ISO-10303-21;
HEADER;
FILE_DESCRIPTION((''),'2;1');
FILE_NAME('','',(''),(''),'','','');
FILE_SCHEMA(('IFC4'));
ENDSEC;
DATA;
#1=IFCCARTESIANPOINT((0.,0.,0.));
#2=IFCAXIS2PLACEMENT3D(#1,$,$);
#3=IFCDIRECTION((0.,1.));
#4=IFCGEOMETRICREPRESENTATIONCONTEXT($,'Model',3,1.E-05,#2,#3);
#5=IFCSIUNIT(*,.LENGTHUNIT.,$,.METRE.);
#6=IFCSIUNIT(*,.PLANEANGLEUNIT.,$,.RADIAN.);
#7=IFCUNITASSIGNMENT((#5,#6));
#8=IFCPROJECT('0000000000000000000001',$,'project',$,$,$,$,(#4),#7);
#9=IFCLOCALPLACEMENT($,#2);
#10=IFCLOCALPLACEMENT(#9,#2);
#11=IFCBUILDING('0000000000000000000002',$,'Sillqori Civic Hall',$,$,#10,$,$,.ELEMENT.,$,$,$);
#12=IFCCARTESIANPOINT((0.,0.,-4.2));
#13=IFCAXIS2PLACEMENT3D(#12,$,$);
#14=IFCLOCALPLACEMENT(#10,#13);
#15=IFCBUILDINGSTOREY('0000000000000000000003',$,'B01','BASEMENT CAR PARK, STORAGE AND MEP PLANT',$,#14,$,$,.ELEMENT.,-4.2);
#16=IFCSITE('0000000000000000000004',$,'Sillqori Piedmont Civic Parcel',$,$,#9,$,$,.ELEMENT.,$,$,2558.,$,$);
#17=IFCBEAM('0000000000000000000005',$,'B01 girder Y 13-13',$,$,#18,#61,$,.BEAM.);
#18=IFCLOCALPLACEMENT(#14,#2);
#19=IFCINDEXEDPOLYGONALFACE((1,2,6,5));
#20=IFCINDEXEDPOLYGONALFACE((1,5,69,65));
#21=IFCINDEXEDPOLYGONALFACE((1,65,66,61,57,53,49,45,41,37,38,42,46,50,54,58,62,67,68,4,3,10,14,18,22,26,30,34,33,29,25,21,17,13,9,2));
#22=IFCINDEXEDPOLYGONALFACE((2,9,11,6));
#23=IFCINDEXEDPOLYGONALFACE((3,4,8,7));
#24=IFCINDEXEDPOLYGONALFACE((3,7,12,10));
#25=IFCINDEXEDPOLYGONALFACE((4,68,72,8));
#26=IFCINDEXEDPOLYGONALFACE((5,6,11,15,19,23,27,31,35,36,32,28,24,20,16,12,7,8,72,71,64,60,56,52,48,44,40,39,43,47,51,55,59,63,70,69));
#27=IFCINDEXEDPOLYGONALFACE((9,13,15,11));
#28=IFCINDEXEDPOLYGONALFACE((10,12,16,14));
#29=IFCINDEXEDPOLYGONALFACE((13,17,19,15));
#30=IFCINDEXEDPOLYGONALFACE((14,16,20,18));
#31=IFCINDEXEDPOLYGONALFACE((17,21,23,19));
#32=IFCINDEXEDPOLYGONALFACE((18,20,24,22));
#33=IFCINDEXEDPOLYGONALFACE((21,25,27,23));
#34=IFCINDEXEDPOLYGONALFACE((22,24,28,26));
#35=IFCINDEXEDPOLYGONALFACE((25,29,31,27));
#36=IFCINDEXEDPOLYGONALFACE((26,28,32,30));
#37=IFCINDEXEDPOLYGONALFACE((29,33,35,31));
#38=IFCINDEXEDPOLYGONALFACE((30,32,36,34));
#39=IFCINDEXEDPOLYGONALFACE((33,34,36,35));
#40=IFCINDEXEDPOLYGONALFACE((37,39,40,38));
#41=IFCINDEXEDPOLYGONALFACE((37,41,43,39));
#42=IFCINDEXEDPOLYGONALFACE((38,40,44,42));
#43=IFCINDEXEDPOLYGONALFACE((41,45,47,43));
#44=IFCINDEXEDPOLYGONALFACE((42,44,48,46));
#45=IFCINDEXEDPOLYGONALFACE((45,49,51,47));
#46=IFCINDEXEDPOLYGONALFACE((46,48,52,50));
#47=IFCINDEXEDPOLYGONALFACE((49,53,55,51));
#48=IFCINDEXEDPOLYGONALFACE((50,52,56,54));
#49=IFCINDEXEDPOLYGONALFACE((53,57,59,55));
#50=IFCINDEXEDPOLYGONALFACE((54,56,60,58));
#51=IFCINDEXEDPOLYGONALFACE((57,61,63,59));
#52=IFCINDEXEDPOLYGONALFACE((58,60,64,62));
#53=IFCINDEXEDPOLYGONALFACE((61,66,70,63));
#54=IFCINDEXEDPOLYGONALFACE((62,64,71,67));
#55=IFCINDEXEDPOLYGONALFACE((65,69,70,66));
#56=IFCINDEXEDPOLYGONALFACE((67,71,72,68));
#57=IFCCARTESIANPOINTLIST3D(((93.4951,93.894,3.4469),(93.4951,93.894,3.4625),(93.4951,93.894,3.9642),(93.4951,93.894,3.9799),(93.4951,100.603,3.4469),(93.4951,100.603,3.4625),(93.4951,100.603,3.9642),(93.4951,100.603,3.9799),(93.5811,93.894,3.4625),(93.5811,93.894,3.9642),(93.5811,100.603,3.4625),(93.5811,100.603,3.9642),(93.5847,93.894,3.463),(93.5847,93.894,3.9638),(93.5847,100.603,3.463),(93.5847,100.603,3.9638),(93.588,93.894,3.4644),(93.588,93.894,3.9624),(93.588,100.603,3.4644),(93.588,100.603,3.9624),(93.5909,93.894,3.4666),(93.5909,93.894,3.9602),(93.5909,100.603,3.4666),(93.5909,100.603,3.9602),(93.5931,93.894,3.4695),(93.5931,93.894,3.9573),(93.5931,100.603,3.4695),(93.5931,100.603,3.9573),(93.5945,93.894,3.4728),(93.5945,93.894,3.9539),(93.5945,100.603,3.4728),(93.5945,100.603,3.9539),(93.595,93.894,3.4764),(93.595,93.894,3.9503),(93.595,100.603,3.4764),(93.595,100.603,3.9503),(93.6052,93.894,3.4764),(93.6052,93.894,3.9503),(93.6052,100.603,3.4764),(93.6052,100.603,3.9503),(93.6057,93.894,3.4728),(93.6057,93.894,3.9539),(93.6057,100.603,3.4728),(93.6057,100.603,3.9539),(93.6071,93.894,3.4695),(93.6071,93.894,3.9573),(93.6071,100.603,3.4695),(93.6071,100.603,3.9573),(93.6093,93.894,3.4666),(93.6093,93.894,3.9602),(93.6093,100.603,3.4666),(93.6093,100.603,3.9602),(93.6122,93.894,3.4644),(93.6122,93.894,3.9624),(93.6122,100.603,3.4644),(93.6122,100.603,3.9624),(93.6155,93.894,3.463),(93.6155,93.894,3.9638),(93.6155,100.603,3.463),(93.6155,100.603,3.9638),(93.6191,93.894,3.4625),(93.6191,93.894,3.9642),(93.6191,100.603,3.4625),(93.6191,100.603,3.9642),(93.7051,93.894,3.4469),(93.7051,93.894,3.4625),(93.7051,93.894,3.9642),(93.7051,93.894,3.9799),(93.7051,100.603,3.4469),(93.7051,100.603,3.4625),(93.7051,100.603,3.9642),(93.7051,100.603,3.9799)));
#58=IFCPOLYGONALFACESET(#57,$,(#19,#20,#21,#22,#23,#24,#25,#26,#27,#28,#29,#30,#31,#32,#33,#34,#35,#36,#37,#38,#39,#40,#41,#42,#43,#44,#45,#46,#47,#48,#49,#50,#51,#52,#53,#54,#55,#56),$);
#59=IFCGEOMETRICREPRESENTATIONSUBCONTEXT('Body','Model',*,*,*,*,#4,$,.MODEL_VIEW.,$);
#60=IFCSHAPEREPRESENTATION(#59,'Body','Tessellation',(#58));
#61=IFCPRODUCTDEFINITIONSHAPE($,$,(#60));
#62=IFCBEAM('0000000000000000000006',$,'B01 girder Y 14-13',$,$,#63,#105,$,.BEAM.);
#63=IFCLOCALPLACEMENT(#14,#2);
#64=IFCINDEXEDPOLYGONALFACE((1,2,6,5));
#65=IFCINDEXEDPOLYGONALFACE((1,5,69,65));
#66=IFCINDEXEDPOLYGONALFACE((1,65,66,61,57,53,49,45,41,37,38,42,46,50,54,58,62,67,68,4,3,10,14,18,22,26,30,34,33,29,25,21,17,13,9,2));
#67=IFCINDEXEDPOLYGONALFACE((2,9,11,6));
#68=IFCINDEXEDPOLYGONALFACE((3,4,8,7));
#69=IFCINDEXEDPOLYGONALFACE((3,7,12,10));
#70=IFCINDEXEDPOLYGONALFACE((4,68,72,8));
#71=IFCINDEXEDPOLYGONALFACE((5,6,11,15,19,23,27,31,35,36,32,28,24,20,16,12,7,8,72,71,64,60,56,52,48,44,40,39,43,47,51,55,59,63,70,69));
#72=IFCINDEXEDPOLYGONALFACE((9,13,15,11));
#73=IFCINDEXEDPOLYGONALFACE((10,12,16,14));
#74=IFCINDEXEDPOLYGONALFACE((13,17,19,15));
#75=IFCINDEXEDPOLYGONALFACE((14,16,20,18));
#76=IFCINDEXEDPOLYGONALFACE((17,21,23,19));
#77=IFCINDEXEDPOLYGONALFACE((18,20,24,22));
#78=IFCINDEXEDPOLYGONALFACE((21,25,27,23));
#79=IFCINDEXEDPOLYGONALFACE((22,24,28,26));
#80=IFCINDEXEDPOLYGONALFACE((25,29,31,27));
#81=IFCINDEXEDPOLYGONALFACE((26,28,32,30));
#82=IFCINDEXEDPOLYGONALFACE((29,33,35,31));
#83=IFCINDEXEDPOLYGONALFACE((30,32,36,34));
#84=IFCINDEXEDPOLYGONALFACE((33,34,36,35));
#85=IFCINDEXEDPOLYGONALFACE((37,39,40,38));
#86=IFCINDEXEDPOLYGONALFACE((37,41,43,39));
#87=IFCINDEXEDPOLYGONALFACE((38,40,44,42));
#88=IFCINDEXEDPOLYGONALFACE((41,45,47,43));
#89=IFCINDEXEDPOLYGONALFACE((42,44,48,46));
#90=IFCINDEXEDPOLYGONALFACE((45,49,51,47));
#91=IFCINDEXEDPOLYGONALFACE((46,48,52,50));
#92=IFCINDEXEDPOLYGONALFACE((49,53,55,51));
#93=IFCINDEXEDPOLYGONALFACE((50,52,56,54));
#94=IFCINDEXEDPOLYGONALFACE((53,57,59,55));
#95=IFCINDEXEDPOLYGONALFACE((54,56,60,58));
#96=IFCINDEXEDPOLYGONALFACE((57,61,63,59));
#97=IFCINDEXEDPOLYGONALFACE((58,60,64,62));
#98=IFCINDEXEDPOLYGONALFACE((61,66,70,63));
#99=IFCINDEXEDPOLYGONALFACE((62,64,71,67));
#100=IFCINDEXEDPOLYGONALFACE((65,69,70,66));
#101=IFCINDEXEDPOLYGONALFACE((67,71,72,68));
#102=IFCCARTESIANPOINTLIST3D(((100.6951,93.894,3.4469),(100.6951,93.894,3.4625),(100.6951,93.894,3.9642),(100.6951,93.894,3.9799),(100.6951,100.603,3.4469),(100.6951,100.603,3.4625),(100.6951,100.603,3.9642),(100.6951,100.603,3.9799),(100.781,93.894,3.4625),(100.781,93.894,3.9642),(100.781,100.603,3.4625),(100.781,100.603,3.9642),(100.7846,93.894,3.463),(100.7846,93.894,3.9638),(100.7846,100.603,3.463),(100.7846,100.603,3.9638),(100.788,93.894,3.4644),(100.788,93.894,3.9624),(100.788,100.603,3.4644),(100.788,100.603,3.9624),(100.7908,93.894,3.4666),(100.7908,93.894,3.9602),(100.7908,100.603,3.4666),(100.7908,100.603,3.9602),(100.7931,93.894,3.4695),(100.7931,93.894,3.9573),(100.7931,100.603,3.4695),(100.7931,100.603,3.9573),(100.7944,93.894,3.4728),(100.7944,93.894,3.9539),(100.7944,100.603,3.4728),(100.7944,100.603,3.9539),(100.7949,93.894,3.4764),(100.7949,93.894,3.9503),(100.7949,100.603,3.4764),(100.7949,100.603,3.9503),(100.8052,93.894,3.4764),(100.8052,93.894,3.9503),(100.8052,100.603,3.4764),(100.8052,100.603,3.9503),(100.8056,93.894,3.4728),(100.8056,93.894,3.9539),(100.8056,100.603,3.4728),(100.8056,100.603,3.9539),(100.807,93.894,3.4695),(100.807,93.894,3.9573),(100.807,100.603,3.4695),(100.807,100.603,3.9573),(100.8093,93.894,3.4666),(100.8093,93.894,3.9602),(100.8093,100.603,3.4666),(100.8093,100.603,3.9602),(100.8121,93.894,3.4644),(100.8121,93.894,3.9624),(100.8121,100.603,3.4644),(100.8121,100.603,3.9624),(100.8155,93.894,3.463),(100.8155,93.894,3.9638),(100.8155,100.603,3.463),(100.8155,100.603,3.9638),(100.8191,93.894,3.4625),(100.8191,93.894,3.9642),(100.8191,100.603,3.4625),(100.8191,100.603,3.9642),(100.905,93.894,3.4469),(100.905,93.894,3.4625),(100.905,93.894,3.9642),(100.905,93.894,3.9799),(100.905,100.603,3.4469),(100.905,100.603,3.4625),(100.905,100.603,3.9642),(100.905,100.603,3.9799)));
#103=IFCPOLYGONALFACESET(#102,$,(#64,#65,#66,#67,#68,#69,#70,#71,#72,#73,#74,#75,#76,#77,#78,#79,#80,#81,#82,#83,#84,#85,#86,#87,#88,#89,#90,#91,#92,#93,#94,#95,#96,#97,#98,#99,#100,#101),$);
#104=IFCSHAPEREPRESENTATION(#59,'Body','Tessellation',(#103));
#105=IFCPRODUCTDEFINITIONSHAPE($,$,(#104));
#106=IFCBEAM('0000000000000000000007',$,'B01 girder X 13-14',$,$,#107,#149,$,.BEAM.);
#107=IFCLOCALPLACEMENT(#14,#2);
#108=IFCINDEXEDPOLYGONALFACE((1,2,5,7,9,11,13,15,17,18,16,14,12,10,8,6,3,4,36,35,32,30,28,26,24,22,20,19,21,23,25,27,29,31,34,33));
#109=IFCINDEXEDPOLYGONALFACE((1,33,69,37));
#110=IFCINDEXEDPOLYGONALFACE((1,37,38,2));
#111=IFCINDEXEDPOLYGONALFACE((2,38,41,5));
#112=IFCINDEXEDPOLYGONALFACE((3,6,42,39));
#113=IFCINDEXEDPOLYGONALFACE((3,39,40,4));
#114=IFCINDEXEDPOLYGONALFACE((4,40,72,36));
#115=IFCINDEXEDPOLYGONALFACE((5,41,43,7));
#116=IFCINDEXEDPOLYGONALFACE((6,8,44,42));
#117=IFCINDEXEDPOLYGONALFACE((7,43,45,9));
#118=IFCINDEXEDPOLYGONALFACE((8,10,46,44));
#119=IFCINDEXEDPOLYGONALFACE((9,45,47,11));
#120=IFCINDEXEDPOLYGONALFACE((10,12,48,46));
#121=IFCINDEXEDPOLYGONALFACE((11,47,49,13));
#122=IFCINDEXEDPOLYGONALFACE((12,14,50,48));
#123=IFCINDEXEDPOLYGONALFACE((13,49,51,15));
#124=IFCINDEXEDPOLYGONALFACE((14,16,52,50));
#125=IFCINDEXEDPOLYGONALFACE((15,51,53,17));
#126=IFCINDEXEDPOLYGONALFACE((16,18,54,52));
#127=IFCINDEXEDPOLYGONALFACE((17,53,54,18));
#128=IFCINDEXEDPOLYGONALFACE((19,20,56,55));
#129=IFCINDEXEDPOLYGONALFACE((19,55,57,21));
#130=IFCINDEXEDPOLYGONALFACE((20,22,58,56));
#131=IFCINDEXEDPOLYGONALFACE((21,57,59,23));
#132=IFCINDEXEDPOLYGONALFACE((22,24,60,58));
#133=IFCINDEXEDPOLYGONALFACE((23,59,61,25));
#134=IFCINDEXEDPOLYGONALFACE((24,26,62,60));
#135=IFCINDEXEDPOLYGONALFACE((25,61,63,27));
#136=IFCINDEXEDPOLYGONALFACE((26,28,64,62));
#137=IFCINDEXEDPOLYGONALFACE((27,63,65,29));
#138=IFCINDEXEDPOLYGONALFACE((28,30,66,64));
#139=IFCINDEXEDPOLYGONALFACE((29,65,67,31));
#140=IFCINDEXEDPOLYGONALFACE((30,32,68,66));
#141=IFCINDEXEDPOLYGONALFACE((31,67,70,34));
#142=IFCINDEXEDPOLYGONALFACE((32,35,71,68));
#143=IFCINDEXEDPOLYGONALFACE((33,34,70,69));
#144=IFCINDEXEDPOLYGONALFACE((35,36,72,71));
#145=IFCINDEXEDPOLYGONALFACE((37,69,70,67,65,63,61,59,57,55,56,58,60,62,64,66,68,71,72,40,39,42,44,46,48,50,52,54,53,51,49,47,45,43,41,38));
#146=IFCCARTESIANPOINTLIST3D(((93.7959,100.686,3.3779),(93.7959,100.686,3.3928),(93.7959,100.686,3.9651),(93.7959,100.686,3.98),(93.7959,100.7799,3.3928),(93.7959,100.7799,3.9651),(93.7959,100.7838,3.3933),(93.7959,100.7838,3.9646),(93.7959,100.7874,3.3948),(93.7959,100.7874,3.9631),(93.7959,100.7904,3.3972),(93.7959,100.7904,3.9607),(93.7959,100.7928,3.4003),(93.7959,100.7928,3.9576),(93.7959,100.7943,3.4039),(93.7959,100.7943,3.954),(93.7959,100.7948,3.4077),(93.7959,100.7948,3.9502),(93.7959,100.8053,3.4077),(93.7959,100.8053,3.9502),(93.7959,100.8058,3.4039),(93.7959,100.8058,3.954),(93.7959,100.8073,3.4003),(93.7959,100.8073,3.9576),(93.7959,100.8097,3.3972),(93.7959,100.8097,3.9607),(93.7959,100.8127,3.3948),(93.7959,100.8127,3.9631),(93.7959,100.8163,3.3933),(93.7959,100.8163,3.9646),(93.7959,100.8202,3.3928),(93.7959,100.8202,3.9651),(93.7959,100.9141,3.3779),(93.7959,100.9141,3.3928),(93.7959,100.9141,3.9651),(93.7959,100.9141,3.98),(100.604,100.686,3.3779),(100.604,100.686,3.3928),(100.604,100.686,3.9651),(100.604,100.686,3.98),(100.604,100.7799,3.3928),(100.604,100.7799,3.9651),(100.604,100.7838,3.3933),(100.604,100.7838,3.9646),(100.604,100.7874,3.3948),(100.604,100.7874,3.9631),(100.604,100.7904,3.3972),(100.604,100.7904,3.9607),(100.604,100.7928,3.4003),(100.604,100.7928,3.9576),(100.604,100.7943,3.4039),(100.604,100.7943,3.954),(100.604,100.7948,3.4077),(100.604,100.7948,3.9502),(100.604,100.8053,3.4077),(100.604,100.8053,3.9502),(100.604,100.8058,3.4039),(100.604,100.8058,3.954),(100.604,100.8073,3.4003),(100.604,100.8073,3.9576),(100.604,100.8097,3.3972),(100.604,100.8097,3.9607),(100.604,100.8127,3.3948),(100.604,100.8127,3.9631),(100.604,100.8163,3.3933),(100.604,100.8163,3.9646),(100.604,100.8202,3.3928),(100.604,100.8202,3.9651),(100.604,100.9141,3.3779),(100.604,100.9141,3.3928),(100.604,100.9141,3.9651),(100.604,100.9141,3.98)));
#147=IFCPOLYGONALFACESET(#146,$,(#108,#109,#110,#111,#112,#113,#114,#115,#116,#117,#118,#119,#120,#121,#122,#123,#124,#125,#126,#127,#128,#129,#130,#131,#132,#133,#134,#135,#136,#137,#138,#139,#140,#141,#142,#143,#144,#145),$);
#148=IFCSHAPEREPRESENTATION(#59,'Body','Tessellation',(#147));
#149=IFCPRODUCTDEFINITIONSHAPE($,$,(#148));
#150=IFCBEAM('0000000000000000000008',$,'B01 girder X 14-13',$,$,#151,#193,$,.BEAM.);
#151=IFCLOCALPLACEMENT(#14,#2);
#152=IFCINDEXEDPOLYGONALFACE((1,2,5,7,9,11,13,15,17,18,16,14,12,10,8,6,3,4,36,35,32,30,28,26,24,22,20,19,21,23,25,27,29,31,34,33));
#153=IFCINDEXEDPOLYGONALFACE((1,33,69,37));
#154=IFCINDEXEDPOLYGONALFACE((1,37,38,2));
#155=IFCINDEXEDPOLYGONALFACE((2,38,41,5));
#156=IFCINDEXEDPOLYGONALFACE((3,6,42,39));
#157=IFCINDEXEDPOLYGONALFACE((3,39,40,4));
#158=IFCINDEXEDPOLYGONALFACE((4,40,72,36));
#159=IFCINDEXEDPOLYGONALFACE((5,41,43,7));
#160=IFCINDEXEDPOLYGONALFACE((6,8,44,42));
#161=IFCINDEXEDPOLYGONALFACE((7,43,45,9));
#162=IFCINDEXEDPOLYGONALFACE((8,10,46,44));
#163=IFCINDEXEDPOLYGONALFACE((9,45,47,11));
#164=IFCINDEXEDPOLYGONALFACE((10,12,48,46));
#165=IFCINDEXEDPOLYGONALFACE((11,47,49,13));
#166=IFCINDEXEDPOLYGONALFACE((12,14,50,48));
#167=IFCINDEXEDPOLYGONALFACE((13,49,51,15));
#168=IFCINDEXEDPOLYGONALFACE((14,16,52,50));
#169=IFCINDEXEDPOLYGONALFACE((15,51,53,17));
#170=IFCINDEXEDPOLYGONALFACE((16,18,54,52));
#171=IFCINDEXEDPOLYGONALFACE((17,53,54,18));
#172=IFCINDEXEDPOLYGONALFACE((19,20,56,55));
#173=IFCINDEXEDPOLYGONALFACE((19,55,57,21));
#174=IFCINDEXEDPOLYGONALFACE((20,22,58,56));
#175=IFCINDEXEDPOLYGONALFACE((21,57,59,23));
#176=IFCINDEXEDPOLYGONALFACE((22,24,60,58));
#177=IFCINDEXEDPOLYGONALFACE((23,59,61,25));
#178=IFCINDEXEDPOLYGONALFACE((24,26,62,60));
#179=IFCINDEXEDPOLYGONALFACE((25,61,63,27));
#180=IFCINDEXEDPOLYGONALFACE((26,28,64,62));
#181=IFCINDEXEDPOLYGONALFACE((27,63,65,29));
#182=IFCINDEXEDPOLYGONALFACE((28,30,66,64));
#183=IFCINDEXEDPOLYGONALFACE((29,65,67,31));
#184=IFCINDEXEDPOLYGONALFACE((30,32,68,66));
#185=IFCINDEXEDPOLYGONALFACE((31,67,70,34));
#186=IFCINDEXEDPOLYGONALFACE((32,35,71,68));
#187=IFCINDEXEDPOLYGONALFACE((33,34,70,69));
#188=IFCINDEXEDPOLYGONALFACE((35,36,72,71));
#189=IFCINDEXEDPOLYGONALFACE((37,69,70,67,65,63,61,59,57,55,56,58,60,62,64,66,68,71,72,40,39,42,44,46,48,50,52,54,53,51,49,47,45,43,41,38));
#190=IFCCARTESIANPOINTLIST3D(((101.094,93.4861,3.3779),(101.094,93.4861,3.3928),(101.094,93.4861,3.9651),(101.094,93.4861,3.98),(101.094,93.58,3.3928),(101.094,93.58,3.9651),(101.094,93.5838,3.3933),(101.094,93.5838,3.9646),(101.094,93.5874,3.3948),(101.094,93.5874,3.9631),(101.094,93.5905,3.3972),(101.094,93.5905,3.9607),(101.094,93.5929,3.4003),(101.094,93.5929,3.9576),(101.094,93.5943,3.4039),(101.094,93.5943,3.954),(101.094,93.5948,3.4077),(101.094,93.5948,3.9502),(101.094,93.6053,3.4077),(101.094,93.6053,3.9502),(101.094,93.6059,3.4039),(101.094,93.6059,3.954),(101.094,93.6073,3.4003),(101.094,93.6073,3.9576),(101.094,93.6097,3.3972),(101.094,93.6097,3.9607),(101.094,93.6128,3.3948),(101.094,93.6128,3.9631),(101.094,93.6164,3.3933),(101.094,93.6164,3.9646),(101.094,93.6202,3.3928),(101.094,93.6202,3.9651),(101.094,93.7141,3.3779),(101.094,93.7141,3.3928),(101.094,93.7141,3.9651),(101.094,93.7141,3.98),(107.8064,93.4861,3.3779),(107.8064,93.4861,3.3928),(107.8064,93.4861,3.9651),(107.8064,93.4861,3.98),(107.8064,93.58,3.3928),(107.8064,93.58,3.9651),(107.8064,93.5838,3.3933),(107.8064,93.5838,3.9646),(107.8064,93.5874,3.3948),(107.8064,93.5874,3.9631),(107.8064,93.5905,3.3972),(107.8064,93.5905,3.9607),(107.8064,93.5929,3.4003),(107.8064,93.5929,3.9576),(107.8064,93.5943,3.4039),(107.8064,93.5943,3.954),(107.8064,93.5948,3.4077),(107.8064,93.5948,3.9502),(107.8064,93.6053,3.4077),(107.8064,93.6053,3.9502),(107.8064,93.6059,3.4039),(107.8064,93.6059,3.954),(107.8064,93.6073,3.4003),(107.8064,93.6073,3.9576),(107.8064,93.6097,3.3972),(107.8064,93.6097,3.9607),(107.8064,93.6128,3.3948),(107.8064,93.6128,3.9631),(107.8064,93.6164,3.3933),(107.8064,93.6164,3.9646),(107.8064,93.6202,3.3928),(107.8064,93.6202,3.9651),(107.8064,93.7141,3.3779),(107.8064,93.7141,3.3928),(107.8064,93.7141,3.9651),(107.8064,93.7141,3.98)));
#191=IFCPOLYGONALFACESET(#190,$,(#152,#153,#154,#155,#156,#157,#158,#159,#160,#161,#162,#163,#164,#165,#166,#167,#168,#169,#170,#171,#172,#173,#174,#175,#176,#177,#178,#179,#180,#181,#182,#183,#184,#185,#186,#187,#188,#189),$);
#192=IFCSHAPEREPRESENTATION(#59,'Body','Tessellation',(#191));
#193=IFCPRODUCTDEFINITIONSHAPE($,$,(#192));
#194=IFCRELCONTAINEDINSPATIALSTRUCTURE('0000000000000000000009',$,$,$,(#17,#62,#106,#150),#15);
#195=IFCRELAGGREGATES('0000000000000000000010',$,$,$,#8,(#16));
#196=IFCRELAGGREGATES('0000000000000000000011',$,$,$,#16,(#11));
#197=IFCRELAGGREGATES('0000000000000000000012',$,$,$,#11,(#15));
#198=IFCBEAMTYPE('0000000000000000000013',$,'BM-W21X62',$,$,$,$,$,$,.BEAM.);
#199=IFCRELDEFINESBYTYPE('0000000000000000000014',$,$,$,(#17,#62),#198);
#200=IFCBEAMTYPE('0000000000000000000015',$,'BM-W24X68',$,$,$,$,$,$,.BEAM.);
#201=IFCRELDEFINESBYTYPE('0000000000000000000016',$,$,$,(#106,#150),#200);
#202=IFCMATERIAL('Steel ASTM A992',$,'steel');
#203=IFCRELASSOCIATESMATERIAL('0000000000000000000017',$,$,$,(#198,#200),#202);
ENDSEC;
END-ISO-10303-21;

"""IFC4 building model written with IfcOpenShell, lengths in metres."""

from ifc_helpers import new_model, si_unit, direction, frame, origin, origin_2d, place, context, subcontext, project, spatial, i_section, extrude, material, material_profile, profile_set, type_object, element, save


model = new_model("IFC4")

# Units and contexts
model_context = context("Model", 3, precision=1e-05, world=origin(), true_north=direction((0.0, 1.0)))
body_context = subcontext(model_context, "Body", "Model", "MODEL_VIEW")
ifc_project = project(units=[si_unit("LENGTHUNIT", "METRE"), si_unit("PLANEANGLEUNIT", "RADIAN")], contexts=[model_context])

# Site, building, storey
site_placement = place(None, origin())
site = spatial("IfcSite", under=ifc_project, at=site_placement, Name="Sillqori Piedmont Civic Parcel", CompositionType="ELEMENT", RefElevation=2558.0)
building_placement = place(site_placement, origin())
building = spatial("IfcBuilding", under=site, at=building_placement, Name="Sillqori Civic Hall", CompositionType="ELEMENT")
storey_placement = place(building_placement, frame((0.0, 0.0, -4.2)))
storey = spatial("IfcBuildingStorey", under=building, at=storey_placement, Name="B01", Description="BASEMENT CAR PARK, STORAGE AND MEP PLANT", CompositionType="ELEMENT", Elevation=-4.2)

# Shared definitions
ifc_material_1 = material(Name="Steel ASTM A992", Category="steel")

# Beams
ifc_material_profile_1 = material_profile(ifc_material_1, i_section(OverallWidth=0.21, OverallDepth=0.533, WebThickness=0.0103, FlangeThickness=0.0156, FilletRadius=0.0139, at=origin_2d()), Name="W21X62")
ifc_profile_set_1 = profile_set([ifc_material_profile_1], Name="Steel ASTM A992")
beam_type_1 = type_object("IfcBeamType", Name="BM-W21X62", PredefinedType="BEAM", material=ifc_profile_set_1)
for number, where, z_axis, x_axis, name in (
    (1, (93.6001, 93.894, 3.7134), (0.0, 1.0, 0.0), (-1.0, 0.0, 0.0), "B01 girder Y 13-13"),
    (2, (100.8, 93.894, 3.7134), (0.0, 1.0, 0.0), (-1.0, 0.0, 0.0), "B01 girder Y 14-13"),
):
    element("IfcBeam", number, at=place(storey_placement, frame(where, z_axis=z_axis, x_axis=x_axis)), inside=storey, type_object=beam_type_1, Name=name, PredefinedType="BEAM", context=body_context, shape_type="SweptSolid", body=[
        extrude(i_section(OverallWidth=0.21, OverallDepth=0.533, WebThickness=0.0103, FlangeThickness=0.0156, FilletRadius=0.0139, at=origin_2d()), origin(), (0.0, 0.0, 1.0), 6.709),
    ])
ifc_material_profile_2 = material_profile(ifc_material_1, i_section(OverallWidth=0.228, OverallDepth=0.6021, WebThickness=0.0105, FlangeThickness=0.0149, FilletRadius=0.0149, at=origin_2d()), Name="W24X68")
ifc_profile_set_2 = profile_set([ifc_material_profile_2], Name="Steel ASTM A992")
beam_type_2 = type_object("IfcBeamType", Name="BM-W24X68", PredefinedType="BEAM", material=ifc_profile_set_2)
beam_1_placement = place(storey_placement, frame((93.7959, 100.8, 3.679), z_axis=(1.0, 0.0, 0.0), x_axis=(0.0, 1.0, 0.0)))
element("IfcBeam", 3, at=beam_1_placement, inside=storey, type_object=beam_type_2, Name="B01 girder X 13-14", PredefinedType="BEAM", context=body_context, shape_type="SweptSolid", body=[
    extrude(i_section(OverallWidth=0.228, OverallDepth=0.6021, WebThickness=0.0105, FlangeThickness=0.0149, FilletRadius=0.0149, at=origin_2d()), origin(), (0.0, 0.0, 1.0), 6.8081),
])
beam_2_placement = place(storey_placement, frame((101.094, 93.6001, 3.679), z_axis=(1.0, 0.0, 0.0), x_axis=(0.0, 1.0, 0.0)))
element("IfcBeam", 4, at=beam_2_placement, inside=storey, type_object=beam_type_2, Name="B01 girder X 14-13", PredefinedType="BEAM", context=body_context, shape_type="SweptSolid", body=[
    extrude(i_section(OverallWidth=0.228, OverallDepth=0.6021, WebThickness=0.0105, FlangeThickness=0.0149, FilletRadius=0.0149, at=origin_2d()), origin(), (0.0, 0.0, 1.0), 6.7124),
])

save(model, "model.ifc")
